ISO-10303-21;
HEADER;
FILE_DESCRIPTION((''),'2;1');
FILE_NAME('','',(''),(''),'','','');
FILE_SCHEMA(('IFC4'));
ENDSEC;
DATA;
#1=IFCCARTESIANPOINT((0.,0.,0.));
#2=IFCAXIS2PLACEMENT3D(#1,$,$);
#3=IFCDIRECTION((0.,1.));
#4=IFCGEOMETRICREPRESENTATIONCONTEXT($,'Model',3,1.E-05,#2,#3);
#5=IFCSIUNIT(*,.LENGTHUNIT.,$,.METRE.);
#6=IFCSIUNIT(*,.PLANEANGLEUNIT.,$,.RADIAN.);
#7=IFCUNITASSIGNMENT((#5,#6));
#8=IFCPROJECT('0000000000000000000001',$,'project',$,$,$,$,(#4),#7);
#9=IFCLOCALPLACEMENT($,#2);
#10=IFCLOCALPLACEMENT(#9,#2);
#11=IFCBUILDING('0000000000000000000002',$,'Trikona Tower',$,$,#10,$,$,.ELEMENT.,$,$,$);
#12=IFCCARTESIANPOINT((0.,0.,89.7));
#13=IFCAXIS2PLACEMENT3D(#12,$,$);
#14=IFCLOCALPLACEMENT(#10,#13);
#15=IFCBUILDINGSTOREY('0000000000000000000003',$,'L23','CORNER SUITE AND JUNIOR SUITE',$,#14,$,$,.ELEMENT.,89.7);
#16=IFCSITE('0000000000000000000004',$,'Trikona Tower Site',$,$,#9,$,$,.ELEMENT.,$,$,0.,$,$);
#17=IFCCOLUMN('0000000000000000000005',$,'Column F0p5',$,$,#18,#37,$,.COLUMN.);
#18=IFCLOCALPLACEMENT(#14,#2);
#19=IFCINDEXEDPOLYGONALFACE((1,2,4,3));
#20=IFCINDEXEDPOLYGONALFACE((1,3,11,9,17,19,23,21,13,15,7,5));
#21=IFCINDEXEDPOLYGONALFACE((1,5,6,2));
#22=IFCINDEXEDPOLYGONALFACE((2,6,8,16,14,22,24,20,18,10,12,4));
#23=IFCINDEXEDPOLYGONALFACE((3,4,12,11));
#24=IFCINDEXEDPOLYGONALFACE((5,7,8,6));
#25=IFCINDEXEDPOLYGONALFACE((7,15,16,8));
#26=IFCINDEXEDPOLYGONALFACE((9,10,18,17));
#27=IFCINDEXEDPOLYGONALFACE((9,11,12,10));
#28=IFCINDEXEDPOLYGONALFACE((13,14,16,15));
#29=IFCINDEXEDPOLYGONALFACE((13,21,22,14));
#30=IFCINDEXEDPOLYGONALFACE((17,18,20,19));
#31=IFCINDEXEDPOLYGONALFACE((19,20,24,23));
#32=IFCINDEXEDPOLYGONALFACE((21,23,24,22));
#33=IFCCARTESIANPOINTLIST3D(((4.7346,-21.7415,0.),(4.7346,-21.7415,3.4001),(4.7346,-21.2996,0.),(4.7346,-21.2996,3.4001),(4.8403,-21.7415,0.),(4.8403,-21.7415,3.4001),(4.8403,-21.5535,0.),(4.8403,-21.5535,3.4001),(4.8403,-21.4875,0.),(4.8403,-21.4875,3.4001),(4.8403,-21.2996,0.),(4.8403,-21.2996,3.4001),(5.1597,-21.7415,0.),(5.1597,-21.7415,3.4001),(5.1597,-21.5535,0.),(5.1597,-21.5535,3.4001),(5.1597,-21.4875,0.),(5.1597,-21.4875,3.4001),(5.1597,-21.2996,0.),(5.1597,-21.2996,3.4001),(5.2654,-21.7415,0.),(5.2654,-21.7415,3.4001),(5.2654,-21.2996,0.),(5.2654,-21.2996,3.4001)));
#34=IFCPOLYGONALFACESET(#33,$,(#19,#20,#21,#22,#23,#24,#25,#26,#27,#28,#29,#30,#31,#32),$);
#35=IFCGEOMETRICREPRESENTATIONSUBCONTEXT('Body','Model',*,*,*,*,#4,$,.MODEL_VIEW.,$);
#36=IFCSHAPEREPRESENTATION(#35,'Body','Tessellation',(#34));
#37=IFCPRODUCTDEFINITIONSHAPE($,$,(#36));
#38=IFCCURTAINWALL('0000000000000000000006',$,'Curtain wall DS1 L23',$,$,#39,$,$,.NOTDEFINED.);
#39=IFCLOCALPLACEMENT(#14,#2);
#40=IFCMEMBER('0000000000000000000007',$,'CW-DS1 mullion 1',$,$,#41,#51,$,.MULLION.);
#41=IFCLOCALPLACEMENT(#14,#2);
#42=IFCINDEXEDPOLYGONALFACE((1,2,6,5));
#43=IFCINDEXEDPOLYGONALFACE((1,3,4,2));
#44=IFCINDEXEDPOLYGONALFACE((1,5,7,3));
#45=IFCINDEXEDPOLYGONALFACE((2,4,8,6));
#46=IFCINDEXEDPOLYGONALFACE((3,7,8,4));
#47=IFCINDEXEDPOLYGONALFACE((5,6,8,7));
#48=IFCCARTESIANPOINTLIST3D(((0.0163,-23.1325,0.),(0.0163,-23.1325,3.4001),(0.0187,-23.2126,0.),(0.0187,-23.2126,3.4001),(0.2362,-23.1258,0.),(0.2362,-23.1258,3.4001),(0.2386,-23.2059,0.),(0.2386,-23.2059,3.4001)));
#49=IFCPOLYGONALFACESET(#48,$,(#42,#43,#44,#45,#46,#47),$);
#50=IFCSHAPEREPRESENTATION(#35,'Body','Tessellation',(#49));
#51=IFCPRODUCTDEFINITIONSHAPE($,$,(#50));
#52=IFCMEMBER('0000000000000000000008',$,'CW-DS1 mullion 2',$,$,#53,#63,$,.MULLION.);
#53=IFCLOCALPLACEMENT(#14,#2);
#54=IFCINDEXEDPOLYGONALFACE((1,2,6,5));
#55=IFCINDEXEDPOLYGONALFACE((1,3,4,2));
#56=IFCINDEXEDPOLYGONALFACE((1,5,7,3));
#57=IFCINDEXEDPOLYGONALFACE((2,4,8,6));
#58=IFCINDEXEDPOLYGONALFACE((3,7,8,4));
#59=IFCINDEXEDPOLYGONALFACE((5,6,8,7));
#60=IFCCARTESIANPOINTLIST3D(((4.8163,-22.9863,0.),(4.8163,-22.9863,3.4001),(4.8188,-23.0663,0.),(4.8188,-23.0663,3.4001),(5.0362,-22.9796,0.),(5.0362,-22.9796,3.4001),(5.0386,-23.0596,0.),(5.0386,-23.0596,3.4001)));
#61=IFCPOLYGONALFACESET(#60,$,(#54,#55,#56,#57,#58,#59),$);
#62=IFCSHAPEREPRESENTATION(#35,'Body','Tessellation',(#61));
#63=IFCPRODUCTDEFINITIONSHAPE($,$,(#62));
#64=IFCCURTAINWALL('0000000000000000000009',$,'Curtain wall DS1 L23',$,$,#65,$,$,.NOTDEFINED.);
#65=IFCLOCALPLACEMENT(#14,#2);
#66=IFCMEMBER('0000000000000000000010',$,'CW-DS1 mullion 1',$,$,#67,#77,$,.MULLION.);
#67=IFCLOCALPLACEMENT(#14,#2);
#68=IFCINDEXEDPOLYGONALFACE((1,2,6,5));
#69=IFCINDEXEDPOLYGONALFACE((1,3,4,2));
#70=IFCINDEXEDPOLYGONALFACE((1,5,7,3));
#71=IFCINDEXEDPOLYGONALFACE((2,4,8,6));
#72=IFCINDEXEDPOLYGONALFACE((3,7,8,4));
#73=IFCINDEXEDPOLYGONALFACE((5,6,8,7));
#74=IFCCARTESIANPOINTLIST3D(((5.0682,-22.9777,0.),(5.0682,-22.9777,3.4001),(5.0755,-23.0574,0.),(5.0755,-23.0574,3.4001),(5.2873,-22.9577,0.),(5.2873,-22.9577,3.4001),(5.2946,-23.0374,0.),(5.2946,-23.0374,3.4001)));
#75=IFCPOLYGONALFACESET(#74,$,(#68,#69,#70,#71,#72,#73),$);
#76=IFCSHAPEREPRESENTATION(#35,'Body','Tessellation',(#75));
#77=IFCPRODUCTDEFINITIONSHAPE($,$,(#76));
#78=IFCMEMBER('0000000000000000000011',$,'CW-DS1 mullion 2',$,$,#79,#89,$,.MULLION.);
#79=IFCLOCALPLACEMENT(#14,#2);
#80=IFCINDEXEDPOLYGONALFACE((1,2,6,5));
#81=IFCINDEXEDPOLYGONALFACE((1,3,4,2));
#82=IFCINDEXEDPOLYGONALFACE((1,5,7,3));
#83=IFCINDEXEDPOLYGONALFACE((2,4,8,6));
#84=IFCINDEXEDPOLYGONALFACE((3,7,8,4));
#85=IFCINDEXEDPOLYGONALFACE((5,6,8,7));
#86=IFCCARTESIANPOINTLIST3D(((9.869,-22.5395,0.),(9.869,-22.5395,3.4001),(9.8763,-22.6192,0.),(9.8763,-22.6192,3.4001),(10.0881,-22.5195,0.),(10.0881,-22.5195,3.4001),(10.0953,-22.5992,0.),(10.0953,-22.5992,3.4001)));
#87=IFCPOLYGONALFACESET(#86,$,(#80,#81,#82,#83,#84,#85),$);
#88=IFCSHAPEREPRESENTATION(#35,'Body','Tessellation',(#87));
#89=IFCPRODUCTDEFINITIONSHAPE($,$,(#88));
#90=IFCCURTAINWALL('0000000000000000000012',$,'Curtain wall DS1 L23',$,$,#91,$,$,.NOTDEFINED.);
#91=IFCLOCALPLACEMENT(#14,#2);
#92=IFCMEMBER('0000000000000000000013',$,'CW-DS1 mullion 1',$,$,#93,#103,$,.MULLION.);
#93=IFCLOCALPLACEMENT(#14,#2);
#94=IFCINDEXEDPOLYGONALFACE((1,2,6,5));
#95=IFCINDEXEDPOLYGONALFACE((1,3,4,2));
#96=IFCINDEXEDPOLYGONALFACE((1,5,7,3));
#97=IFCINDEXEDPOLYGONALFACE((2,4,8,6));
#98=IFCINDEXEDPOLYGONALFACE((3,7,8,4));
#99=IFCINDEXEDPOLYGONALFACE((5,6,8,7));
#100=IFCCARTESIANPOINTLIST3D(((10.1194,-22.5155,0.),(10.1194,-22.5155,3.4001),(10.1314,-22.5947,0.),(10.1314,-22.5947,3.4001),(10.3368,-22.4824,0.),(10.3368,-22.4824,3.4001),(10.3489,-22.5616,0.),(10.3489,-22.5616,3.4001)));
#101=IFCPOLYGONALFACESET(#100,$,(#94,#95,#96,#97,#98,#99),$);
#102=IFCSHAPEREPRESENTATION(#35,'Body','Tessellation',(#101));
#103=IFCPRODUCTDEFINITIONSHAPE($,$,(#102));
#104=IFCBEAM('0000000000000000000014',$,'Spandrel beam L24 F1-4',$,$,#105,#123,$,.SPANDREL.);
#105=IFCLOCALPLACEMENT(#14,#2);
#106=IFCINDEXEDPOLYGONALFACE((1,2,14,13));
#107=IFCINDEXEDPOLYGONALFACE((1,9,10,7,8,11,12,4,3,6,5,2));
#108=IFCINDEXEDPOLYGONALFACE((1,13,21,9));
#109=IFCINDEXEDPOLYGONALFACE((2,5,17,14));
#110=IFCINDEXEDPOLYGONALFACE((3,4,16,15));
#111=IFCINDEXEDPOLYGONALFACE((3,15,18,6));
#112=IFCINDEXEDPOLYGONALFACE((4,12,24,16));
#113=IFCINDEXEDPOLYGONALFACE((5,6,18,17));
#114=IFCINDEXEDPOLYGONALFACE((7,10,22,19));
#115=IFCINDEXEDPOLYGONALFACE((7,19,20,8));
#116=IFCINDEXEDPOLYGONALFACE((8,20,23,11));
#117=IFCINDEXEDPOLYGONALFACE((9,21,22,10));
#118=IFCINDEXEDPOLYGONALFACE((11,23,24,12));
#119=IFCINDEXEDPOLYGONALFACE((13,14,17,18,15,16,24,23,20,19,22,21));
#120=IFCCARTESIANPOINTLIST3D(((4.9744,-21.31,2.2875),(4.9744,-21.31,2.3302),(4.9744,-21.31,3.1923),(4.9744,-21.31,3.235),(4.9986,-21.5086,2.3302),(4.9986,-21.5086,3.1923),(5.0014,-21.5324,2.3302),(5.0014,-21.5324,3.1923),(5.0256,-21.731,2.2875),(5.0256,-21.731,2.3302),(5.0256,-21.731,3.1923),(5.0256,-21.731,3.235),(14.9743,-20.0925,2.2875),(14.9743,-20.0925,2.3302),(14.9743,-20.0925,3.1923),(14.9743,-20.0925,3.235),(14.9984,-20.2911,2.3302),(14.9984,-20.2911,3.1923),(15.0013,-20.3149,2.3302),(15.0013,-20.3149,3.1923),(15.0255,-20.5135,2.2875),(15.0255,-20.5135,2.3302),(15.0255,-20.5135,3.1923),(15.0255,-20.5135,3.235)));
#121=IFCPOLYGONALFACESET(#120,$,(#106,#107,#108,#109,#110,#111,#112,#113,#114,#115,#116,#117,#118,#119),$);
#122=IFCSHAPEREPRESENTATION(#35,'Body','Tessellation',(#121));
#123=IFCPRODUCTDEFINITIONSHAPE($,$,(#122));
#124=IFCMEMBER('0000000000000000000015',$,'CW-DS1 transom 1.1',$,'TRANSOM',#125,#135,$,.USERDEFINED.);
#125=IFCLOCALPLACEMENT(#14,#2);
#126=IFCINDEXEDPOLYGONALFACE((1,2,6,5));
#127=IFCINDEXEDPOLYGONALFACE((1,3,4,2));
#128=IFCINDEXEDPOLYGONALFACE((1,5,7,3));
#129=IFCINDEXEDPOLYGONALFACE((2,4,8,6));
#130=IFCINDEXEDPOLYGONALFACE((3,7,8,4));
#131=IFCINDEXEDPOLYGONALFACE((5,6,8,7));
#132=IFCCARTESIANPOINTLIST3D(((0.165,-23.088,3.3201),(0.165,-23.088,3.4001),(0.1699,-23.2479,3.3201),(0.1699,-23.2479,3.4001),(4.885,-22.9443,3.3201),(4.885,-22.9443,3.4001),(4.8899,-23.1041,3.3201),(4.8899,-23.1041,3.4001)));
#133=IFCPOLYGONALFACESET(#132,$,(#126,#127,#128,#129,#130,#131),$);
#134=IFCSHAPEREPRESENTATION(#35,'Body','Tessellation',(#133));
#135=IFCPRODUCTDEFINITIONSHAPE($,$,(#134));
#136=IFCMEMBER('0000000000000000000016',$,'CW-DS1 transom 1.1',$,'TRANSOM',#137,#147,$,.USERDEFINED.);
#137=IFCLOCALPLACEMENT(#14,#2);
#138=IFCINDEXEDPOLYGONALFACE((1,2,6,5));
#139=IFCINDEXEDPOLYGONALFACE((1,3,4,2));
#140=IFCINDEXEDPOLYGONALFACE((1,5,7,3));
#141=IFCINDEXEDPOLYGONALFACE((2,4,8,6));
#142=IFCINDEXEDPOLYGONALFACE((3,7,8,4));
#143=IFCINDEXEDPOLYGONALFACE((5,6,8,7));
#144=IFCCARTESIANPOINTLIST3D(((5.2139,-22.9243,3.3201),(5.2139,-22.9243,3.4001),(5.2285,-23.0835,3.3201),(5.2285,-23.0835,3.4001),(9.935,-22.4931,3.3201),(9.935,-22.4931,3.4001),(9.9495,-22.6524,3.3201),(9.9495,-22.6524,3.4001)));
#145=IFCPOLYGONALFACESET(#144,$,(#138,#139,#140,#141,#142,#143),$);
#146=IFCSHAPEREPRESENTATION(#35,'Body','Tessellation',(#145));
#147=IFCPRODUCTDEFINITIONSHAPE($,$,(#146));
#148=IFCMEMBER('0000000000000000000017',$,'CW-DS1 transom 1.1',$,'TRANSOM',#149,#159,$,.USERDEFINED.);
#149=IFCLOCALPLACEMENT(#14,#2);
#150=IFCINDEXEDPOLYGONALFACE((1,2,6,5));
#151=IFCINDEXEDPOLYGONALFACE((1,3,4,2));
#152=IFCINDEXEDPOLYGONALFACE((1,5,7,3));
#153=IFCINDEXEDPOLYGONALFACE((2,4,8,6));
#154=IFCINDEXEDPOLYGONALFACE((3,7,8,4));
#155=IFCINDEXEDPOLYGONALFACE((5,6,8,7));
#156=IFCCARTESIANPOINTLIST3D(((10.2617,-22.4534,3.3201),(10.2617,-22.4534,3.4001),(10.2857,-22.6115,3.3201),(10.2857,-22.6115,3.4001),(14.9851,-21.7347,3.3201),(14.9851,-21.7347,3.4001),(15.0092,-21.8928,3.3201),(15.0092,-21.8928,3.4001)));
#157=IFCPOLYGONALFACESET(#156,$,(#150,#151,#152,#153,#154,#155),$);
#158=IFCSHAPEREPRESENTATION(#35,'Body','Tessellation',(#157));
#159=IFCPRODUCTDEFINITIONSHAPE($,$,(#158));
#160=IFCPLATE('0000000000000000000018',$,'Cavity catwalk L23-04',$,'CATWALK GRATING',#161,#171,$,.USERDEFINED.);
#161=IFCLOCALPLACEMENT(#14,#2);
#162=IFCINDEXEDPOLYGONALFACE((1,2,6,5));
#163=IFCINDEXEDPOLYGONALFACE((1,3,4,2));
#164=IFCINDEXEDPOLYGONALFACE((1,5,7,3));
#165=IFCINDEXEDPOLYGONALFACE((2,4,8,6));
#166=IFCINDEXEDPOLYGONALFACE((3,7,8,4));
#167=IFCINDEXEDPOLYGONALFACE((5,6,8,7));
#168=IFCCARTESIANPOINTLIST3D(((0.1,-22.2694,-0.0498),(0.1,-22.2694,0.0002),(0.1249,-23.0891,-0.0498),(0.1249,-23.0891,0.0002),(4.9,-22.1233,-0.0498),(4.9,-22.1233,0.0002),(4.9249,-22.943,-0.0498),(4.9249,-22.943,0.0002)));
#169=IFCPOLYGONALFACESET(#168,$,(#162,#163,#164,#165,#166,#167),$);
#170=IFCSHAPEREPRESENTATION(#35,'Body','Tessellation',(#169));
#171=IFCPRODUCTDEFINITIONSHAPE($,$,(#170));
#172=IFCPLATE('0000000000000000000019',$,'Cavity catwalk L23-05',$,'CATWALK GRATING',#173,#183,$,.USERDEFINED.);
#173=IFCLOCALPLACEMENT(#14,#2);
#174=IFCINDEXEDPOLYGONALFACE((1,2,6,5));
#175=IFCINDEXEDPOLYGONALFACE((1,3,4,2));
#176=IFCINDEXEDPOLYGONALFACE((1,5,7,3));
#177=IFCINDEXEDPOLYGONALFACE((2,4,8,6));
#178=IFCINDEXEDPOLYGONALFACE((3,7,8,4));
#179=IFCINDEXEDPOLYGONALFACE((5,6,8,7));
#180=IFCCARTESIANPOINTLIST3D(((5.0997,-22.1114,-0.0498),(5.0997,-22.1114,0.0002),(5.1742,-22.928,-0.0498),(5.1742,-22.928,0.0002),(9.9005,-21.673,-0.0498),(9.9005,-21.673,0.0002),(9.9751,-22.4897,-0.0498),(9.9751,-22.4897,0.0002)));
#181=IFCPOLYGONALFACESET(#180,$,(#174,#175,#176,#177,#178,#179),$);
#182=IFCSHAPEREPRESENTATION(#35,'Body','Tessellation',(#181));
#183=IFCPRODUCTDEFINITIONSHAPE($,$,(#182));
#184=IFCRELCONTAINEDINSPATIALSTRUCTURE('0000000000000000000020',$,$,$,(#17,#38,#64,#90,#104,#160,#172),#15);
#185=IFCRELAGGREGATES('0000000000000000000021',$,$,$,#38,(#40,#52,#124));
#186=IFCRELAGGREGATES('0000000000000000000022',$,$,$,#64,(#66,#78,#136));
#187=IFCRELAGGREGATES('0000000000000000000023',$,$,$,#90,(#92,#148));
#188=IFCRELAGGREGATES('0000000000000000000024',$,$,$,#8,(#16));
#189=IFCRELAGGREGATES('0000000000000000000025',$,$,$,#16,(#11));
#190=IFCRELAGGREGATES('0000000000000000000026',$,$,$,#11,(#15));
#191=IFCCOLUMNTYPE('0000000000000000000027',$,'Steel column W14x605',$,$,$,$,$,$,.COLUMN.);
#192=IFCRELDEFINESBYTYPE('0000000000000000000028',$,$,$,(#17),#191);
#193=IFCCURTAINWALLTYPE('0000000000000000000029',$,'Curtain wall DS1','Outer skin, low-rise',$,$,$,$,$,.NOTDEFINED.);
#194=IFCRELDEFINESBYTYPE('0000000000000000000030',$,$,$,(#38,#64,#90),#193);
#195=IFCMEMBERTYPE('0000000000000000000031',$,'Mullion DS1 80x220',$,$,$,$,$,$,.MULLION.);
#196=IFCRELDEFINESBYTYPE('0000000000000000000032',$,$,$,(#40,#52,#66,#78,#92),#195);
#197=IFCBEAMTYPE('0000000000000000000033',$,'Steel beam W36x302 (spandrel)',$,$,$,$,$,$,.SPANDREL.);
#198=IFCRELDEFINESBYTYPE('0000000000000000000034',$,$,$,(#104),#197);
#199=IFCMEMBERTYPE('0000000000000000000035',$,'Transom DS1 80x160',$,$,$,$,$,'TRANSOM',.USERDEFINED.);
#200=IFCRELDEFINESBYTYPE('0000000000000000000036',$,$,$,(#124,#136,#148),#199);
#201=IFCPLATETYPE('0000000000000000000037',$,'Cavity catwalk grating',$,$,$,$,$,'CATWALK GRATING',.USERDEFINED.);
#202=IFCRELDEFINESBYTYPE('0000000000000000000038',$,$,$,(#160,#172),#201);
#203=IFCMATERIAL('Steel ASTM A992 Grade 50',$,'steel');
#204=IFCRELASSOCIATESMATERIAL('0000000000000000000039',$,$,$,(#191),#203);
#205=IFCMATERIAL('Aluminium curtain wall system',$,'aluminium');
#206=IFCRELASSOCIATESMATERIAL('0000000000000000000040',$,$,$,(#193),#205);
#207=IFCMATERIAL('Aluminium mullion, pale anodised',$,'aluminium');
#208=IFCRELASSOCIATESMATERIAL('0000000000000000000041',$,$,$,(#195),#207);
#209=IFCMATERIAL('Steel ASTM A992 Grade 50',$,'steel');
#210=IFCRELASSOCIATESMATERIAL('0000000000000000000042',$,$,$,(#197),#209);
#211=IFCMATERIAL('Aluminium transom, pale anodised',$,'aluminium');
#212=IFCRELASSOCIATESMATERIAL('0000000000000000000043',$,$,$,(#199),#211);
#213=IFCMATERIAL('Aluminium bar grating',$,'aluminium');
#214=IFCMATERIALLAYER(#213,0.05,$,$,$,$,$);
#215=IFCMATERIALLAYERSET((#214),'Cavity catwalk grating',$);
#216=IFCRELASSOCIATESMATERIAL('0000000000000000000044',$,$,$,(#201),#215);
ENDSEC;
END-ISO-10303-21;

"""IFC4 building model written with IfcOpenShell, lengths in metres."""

from ifc_helpers import new_model, si_unit, direction, frame, origin, origin_2d, place, context, subcontext, project, spatial, rectangle, i_section, extrude, material, layer, layer_set, material_profile, profile_set, type_object, element, aggregate, save


model = new_model("IFC4")

# Units and contexts
model_context = context("Model", 3, precision=1e-05, world=origin(), true_north=direction((0.0, 1.0)))
body_context = subcontext(model_context, "Body", "Model", "MODEL_VIEW")
ifc_project = project(units=[si_unit("LENGTHUNIT", "METRE"), si_unit("PLANEANGLEUNIT", "RADIAN")], contexts=[model_context])

# Site, building, storey
site_placement = place(None, origin())
site = spatial("IfcSite", under=ifc_project, at=site_placement, Name="Trikona Tower Site", CompositionType="ELEMENT", RefElevation=0.0)
building_placement = place(site_placement, origin())
building = spatial("IfcBuilding", under=site, at=building_placement, Name="Trikona Tower", CompositionType="ELEMENT")
storey_placement = place(building_placement, frame((0.0, 0.0, 89.7)))
storey = spatial("IfcBuildingStorey", under=building, at=storey_placement, Name="L23", Description="CORNER SUITE AND JUNIOR SUITE", CompositionType="ELEMENT", Elevation=89.7)

# Column
ifc_material_1 = material(Name="Steel ASTM A992 Grade 50", Category="steel")
ifc_material_profile_1 = material_profile(ifc_material_1, i_section(OverallWidth=0.4419, OverallDepth=0.5308, WebThickness=0.0659, FlangeThickness=0.1057, at=origin_2d()), Name="W14X605")
ifc_profile_set_1 = profile_set([ifc_material_profile_1], Name="Steel ASTM A992 Grade 50")
column_type = type_object("IfcColumnType", Name="Steel column W14x605", PredefinedType="COLUMN", material=ifc_profile_set_1)
column_placement = place(storey_placement, frame((5.0, -21.5205, 0.0), z_axis=(0.0, 0.0, 1.0), x_axis=(0.0, -1.0, 0.0)))
element("IfcColumn", 1, at=column_placement, inside=storey, type_object=column_type, Name="Column F0p5", PredefinedType="COLUMN", context=body_context, shape_type="SweptSolid", body=[
    extrude(i_section(OverallWidth=0.4419, OverallDepth=0.5308, WebThickness=0.0659, FlangeThickness=0.1057, at=origin_2d()), origin(), (0.0, 0.0, 1.0), 3.4001),
])

# Curtain walls, members
ifc_material_2 = material(Name="Aluminium curtain wall system", Category="aluminium")
curtain_wall_type = type_object("IfcCurtainWallType", Name="Curtain wall DS1", Description="Outer skin, low-rise", PredefinedType="NOTDEFINED", material=ifc_material_2)
curtain_wall_1_placement = place(storey_placement, origin())
curtain_wall_1 = element("IfcCurtainWall", 2, at=curtain_wall_1_placement, inside=storey, type_object=curtain_wall_type, Name="Curtain wall DS1 L23", PredefinedType="NOTDEFINED")
ifc_material_3 = material(Name="Aluminium mullion, pale anodised", Category="aluminium")
ifc_material_profile_2 = material_profile(ifc_material_3, rectangle(XDim=0.0801, YDim=0.22, at=origin_2d()), Name="MUL-DS1")
ifc_profile_set_2 = profile_set([ifc_material_profile_2], Name="Aluminium mullion, pale anodised")
member_type_1 = type_object("IfcMemberType", Name="Mullion DS1 80x220", PredefinedType="MULLION", material=ifc_profile_set_2)
member_1_placement = place(storey_placement, frame((0.1274, -23.1692, 0.0), z_axis=(0.0, 0.0, 1.0), x_axis=(-0.030437, 0.999537, 0.0)))
member_1 = element("IfcMember", 3, at=member_1_placement, type_object=member_type_1, Name="CW-DS1 mullion 1", PredefinedType="MULLION", context=body_context, shape_type="SweptSolid", body=[
    extrude(rectangle(XDim=0.0801, YDim=0.22, at=origin_2d()), origin(), (0.0, 0.0, 1.0), 3.4001),
])
member_2_placement = place(storey_placement, frame((4.9275, -23.0229, 0.0), z_axis=(0.0, 0.0, 1.0), x_axis=(-0.030437, 0.999537, 0.0)))
member_2 = element("IfcMember", 4, at=member_2_placement, type_object=member_type_1, Name="CW-DS1 mullion 2", PredefinedType="MULLION", context=body_context, shape_type="SweptSolid", body=[
    extrude(rectangle(XDim=0.0801, YDim=0.22, at=origin_2d()), origin(), (0.0, 0.0, 1.0), 3.4001),
])
curtain_wall_2_placement = place(storey_placement, origin())
curtain_wall_2 = element("IfcCurtainWall", 5, at=curtain_wall_2_placement, inside=storey, type_object=curtain_wall_type, Name="Curtain wall DS1 L23", PredefinedType="NOTDEFINED")
member_3_placement = place(storey_placement, frame((5.1814, -23.0076, 0.0), z_axis=(0.0, 0.0, 1.0), x_axis=(-0.090924, 0.995858, 0.0)))
member_3 = element("IfcMember", 6, at=member_3_placement, type_object=member_type_1, Name="CW-DS1 mullion 1", PredefinedType="MULLION", context=body_context, shape_type="SweptSolid", body=[
    extrude(rectangle(XDim=0.0801, YDim=0.22, at=origin_2d()), origin(), (0.0, 0.0, 1.0), 3.4001),
])
member_4_placement = place(storey_placement, frame((9.9822, -22.5693, 0.0), z_axis=(0.0, 0.0, 1.0), x_axis=(-0.090924, 0.995858, 0.0)))
member_4 = element("IfcMember", 7, at=member_4_placement, type_object=member_type_1, Name="CW-DS1 mullion 2", PredefinedType="MULLION", context=body_context, shape_type="SweptSolid", body=[
    extrude(rectangle(XDim=0.0801, YDim=0.22, at=origin_2d()), origin(), (0.0, 0.0, 1.0), 3.4001),
])

# Curtain wall, member
curtain_wall_3_placement = place(storey_placement, origin())
curtain_wall_3 = element("IfcCurtainWall", 8, at=curtain_wall_3_placement, inside=storey, type_object=curtain_wall_type, Name="Curtain wall DS1 L23", PredefinedType="NOTDEFINED")
member_5_placement = place(storey_placement, frame((10.2341, -22.5386, 0.0), z_axis=(0.0, 0.0, 1.0), x_axis=(-0.150438, 0.988619, 0.0)))
member_5 = element("IfcMember", 9, at=member_5_placement, type_object=member_type_1, Name="CW-DS1 mullion 1", PredefinedType="MULLION", context=body_context, shape_type="SweptSolid", body=[
    extrude(rectangle(XDim=0.0801, YDim=0.22, at=origin_2d()), origin(), (0.0, 0.0, 1.0), 3.4001),
])

# Beam
ifc_material_4 = material(Name="Steel ASTM A992 Grade 50", Category="steel")
ifc_material_profile_3 = material_profile(ifc_material_4, i_section(OverallWidth=0.4241, OverallDepth=0.9475, WebThickness=0.0239, FlangeThickness=0.0427, at=origin_2d()), Name="W36X302")
ifc_profile_set_3 = profile_set([ifc_material_profile_3], Name="Steel ASTM A992 Grade 50")
beam_type = type_object("IfcBeamType", Name="Steel beam W36x302 (spandrel)", PredefinedType="SPANDREL", material=ifc_profile_set_3)
beam_placement = place(storey_placement, frame((5.0, -21.5205, 2.7612), z_axis=(0.99267, 0.12086, 0.0), x_axis=(-0.12086, 0.99267, 0.0)))
element("IfcBeam", 10, at=beam_placement, inside=storey, type_object=beam_type, Name="Spandrel beam L24 F1-4", PredefinedType="SPANDREL", context=body_context, shape_type="SweptSolid", body=[
    extrude(i_section(OverallWidth=0.4241, OverallDepth=0.9475, WebThickness=0.0239, FlangeThickness=0.0427, at=origin_2d()), origin(), (0.0, 0.0, 1.0), 10.0737),
])

# Members
ifc_material_5 = material(Name="Aluminium transom, pale anodised", Category="aluminium")
ifc_material_profile_4 = material_profile(ifc_material_5, rectangle(XDim=0.1599, YDim=0.0801, at=origin_2d()), Name="TRN-DS1")
ifc_profile_set_4 = profile_set([ifc_material_profile_4], Name="Aluminium transom, pale anodised")
member_type_2 = type_object("IfcMemberType", Name="Transom DS1 80x160", ElementType="TRANSOM", PredefinedType="USERDEFINED", material=ifc_profile_set_4)
member_6_placement = place(storey_placement, frame((0.1675, -23.168, 3.3601), z_axis=(0.999536, 0.030452, 0.0), x_axis=(-0.030452, 0.999536, 0.0)))
member_6 = element("IfcMember", 11, at=member_6_placement, type_object=member_type_2, Name="CW-DS1 transom 1.1", ObjectType="TRANSOM", PredefinedType="USERDEFINED", context=body_context, shape_type="SweptSolid", body=[
    extrude(rectangle(XDim=0.1599, YDim=0.0801, at=origin_2d()), origin(), (0.0, 0.0, 1.0), 4.7222),
])
member_7_placement = place(storey_placement, frame((5.2212, -23.0039, 3.3601), z_axis=(0.995856, 0.090944, 0.0), x_axis=(-0.090944, 0.995856, 0.0)))
member_7 = element("IfcMember", 12, at=member_7_placement, type_object=member_type_2, Name="CW-DS1 transom 1.1", ObjectType="TRANSOM", PredefinedType="USERDEFINED", context=body_context, shape_type="SweptSolid", body=[
    extrude(rectangle(XDim=0.1599, YDim=0.0801, at=origin_2d()), origin(), (0.0, 0.0, 1.0), 4.7407),
])
member_8_placement = place(storey_placement, frame((10.2737, -22.5325, 3.3601), z_axis=(0.98862, 0.150437, 0.0), x_axis=(-0.150437, 0.98862, 0.0)))
member_8 = element("IfcMember", 13, at=member_8_placement, type_object=member_type_2, Name="CW-DS1 transom 1.1", ObjectType="TRANSOM", PredefinedType="USERDEFINED", context=body_context, shape_type="SweptSolid", body=[
    extrude(rectangle(XDim=0.1599, YDim=0.0801, at=origin_2d()), origin(), (0.0, 0.0, 1.0), 4.7778),
])

# Plates
ifc_material_6 = material(Name="Aluminium bar grating", Category="aluminium")
ifc_layer_1 = layer(ifc_material_6, 0.05)
ifc_layer_set_1 = layer_set([ifc_layer_1], Name="Cavity catwalk grating")
plate_type_1 = type_object("IfcPlateType", Name="Cavity catwalk grating", ElementType="CATWALK GRATING", PredefinedType="USERDEFINED", material=ifc_layer_set_1)
plate_1_placement = place(storey_placement, frame((2.5125, -22.6062, -0.0498), z_axis=(0.0, 0.0, 1.0), x_axis=(0.999537, 0.030425, 0.0)))
element("IfcPlate", 14, at=plate_1_placement, inside=storey, type_object=plate_type_1, Name="Cavity catwalk L23-04", ObjectType="CATWALK GRATING", PredefinedType="USERDEFINED", context=body_context, shape_type="SweptSolid", body=[
    extrude(rectangle(XDim=4.8022, YDim=0.8201, at=origin_2d()), origin(), (0.0, 0.0, 1.0), 0.05),
])
plate_2_placement = place(storey_placement, frame((7.5374, -22.3005, -0.0498), z_axis=(0.0, 0.0, 1.0), x_axis=(0.995858, 0.090921, 0.0)))
element("IfcPlate", 15, at=plate_2_placement, inside=storey, type_object=plate_type_1, Name="Cavity catwalk L23-05", ObjectType="CATWALK GRATING", PredefinedType="USERDEFINED", context=body_context, shape_type="SweptSolid", body=[
    extrude(rectangle(XDim=4.8208, YDim=0.8201, at=origin_2d()), origin(), (0.0, 0.0, 1.0), 0.05),
])

aggregate(curtain_wall_1, [member_1, member_2, member_6])
aggregate(curtain_wall_2, [member_3, member_4, member_7])
aggregate(curtain_wall_3, [member_5, member_8])

save(model, "model.ifc")
